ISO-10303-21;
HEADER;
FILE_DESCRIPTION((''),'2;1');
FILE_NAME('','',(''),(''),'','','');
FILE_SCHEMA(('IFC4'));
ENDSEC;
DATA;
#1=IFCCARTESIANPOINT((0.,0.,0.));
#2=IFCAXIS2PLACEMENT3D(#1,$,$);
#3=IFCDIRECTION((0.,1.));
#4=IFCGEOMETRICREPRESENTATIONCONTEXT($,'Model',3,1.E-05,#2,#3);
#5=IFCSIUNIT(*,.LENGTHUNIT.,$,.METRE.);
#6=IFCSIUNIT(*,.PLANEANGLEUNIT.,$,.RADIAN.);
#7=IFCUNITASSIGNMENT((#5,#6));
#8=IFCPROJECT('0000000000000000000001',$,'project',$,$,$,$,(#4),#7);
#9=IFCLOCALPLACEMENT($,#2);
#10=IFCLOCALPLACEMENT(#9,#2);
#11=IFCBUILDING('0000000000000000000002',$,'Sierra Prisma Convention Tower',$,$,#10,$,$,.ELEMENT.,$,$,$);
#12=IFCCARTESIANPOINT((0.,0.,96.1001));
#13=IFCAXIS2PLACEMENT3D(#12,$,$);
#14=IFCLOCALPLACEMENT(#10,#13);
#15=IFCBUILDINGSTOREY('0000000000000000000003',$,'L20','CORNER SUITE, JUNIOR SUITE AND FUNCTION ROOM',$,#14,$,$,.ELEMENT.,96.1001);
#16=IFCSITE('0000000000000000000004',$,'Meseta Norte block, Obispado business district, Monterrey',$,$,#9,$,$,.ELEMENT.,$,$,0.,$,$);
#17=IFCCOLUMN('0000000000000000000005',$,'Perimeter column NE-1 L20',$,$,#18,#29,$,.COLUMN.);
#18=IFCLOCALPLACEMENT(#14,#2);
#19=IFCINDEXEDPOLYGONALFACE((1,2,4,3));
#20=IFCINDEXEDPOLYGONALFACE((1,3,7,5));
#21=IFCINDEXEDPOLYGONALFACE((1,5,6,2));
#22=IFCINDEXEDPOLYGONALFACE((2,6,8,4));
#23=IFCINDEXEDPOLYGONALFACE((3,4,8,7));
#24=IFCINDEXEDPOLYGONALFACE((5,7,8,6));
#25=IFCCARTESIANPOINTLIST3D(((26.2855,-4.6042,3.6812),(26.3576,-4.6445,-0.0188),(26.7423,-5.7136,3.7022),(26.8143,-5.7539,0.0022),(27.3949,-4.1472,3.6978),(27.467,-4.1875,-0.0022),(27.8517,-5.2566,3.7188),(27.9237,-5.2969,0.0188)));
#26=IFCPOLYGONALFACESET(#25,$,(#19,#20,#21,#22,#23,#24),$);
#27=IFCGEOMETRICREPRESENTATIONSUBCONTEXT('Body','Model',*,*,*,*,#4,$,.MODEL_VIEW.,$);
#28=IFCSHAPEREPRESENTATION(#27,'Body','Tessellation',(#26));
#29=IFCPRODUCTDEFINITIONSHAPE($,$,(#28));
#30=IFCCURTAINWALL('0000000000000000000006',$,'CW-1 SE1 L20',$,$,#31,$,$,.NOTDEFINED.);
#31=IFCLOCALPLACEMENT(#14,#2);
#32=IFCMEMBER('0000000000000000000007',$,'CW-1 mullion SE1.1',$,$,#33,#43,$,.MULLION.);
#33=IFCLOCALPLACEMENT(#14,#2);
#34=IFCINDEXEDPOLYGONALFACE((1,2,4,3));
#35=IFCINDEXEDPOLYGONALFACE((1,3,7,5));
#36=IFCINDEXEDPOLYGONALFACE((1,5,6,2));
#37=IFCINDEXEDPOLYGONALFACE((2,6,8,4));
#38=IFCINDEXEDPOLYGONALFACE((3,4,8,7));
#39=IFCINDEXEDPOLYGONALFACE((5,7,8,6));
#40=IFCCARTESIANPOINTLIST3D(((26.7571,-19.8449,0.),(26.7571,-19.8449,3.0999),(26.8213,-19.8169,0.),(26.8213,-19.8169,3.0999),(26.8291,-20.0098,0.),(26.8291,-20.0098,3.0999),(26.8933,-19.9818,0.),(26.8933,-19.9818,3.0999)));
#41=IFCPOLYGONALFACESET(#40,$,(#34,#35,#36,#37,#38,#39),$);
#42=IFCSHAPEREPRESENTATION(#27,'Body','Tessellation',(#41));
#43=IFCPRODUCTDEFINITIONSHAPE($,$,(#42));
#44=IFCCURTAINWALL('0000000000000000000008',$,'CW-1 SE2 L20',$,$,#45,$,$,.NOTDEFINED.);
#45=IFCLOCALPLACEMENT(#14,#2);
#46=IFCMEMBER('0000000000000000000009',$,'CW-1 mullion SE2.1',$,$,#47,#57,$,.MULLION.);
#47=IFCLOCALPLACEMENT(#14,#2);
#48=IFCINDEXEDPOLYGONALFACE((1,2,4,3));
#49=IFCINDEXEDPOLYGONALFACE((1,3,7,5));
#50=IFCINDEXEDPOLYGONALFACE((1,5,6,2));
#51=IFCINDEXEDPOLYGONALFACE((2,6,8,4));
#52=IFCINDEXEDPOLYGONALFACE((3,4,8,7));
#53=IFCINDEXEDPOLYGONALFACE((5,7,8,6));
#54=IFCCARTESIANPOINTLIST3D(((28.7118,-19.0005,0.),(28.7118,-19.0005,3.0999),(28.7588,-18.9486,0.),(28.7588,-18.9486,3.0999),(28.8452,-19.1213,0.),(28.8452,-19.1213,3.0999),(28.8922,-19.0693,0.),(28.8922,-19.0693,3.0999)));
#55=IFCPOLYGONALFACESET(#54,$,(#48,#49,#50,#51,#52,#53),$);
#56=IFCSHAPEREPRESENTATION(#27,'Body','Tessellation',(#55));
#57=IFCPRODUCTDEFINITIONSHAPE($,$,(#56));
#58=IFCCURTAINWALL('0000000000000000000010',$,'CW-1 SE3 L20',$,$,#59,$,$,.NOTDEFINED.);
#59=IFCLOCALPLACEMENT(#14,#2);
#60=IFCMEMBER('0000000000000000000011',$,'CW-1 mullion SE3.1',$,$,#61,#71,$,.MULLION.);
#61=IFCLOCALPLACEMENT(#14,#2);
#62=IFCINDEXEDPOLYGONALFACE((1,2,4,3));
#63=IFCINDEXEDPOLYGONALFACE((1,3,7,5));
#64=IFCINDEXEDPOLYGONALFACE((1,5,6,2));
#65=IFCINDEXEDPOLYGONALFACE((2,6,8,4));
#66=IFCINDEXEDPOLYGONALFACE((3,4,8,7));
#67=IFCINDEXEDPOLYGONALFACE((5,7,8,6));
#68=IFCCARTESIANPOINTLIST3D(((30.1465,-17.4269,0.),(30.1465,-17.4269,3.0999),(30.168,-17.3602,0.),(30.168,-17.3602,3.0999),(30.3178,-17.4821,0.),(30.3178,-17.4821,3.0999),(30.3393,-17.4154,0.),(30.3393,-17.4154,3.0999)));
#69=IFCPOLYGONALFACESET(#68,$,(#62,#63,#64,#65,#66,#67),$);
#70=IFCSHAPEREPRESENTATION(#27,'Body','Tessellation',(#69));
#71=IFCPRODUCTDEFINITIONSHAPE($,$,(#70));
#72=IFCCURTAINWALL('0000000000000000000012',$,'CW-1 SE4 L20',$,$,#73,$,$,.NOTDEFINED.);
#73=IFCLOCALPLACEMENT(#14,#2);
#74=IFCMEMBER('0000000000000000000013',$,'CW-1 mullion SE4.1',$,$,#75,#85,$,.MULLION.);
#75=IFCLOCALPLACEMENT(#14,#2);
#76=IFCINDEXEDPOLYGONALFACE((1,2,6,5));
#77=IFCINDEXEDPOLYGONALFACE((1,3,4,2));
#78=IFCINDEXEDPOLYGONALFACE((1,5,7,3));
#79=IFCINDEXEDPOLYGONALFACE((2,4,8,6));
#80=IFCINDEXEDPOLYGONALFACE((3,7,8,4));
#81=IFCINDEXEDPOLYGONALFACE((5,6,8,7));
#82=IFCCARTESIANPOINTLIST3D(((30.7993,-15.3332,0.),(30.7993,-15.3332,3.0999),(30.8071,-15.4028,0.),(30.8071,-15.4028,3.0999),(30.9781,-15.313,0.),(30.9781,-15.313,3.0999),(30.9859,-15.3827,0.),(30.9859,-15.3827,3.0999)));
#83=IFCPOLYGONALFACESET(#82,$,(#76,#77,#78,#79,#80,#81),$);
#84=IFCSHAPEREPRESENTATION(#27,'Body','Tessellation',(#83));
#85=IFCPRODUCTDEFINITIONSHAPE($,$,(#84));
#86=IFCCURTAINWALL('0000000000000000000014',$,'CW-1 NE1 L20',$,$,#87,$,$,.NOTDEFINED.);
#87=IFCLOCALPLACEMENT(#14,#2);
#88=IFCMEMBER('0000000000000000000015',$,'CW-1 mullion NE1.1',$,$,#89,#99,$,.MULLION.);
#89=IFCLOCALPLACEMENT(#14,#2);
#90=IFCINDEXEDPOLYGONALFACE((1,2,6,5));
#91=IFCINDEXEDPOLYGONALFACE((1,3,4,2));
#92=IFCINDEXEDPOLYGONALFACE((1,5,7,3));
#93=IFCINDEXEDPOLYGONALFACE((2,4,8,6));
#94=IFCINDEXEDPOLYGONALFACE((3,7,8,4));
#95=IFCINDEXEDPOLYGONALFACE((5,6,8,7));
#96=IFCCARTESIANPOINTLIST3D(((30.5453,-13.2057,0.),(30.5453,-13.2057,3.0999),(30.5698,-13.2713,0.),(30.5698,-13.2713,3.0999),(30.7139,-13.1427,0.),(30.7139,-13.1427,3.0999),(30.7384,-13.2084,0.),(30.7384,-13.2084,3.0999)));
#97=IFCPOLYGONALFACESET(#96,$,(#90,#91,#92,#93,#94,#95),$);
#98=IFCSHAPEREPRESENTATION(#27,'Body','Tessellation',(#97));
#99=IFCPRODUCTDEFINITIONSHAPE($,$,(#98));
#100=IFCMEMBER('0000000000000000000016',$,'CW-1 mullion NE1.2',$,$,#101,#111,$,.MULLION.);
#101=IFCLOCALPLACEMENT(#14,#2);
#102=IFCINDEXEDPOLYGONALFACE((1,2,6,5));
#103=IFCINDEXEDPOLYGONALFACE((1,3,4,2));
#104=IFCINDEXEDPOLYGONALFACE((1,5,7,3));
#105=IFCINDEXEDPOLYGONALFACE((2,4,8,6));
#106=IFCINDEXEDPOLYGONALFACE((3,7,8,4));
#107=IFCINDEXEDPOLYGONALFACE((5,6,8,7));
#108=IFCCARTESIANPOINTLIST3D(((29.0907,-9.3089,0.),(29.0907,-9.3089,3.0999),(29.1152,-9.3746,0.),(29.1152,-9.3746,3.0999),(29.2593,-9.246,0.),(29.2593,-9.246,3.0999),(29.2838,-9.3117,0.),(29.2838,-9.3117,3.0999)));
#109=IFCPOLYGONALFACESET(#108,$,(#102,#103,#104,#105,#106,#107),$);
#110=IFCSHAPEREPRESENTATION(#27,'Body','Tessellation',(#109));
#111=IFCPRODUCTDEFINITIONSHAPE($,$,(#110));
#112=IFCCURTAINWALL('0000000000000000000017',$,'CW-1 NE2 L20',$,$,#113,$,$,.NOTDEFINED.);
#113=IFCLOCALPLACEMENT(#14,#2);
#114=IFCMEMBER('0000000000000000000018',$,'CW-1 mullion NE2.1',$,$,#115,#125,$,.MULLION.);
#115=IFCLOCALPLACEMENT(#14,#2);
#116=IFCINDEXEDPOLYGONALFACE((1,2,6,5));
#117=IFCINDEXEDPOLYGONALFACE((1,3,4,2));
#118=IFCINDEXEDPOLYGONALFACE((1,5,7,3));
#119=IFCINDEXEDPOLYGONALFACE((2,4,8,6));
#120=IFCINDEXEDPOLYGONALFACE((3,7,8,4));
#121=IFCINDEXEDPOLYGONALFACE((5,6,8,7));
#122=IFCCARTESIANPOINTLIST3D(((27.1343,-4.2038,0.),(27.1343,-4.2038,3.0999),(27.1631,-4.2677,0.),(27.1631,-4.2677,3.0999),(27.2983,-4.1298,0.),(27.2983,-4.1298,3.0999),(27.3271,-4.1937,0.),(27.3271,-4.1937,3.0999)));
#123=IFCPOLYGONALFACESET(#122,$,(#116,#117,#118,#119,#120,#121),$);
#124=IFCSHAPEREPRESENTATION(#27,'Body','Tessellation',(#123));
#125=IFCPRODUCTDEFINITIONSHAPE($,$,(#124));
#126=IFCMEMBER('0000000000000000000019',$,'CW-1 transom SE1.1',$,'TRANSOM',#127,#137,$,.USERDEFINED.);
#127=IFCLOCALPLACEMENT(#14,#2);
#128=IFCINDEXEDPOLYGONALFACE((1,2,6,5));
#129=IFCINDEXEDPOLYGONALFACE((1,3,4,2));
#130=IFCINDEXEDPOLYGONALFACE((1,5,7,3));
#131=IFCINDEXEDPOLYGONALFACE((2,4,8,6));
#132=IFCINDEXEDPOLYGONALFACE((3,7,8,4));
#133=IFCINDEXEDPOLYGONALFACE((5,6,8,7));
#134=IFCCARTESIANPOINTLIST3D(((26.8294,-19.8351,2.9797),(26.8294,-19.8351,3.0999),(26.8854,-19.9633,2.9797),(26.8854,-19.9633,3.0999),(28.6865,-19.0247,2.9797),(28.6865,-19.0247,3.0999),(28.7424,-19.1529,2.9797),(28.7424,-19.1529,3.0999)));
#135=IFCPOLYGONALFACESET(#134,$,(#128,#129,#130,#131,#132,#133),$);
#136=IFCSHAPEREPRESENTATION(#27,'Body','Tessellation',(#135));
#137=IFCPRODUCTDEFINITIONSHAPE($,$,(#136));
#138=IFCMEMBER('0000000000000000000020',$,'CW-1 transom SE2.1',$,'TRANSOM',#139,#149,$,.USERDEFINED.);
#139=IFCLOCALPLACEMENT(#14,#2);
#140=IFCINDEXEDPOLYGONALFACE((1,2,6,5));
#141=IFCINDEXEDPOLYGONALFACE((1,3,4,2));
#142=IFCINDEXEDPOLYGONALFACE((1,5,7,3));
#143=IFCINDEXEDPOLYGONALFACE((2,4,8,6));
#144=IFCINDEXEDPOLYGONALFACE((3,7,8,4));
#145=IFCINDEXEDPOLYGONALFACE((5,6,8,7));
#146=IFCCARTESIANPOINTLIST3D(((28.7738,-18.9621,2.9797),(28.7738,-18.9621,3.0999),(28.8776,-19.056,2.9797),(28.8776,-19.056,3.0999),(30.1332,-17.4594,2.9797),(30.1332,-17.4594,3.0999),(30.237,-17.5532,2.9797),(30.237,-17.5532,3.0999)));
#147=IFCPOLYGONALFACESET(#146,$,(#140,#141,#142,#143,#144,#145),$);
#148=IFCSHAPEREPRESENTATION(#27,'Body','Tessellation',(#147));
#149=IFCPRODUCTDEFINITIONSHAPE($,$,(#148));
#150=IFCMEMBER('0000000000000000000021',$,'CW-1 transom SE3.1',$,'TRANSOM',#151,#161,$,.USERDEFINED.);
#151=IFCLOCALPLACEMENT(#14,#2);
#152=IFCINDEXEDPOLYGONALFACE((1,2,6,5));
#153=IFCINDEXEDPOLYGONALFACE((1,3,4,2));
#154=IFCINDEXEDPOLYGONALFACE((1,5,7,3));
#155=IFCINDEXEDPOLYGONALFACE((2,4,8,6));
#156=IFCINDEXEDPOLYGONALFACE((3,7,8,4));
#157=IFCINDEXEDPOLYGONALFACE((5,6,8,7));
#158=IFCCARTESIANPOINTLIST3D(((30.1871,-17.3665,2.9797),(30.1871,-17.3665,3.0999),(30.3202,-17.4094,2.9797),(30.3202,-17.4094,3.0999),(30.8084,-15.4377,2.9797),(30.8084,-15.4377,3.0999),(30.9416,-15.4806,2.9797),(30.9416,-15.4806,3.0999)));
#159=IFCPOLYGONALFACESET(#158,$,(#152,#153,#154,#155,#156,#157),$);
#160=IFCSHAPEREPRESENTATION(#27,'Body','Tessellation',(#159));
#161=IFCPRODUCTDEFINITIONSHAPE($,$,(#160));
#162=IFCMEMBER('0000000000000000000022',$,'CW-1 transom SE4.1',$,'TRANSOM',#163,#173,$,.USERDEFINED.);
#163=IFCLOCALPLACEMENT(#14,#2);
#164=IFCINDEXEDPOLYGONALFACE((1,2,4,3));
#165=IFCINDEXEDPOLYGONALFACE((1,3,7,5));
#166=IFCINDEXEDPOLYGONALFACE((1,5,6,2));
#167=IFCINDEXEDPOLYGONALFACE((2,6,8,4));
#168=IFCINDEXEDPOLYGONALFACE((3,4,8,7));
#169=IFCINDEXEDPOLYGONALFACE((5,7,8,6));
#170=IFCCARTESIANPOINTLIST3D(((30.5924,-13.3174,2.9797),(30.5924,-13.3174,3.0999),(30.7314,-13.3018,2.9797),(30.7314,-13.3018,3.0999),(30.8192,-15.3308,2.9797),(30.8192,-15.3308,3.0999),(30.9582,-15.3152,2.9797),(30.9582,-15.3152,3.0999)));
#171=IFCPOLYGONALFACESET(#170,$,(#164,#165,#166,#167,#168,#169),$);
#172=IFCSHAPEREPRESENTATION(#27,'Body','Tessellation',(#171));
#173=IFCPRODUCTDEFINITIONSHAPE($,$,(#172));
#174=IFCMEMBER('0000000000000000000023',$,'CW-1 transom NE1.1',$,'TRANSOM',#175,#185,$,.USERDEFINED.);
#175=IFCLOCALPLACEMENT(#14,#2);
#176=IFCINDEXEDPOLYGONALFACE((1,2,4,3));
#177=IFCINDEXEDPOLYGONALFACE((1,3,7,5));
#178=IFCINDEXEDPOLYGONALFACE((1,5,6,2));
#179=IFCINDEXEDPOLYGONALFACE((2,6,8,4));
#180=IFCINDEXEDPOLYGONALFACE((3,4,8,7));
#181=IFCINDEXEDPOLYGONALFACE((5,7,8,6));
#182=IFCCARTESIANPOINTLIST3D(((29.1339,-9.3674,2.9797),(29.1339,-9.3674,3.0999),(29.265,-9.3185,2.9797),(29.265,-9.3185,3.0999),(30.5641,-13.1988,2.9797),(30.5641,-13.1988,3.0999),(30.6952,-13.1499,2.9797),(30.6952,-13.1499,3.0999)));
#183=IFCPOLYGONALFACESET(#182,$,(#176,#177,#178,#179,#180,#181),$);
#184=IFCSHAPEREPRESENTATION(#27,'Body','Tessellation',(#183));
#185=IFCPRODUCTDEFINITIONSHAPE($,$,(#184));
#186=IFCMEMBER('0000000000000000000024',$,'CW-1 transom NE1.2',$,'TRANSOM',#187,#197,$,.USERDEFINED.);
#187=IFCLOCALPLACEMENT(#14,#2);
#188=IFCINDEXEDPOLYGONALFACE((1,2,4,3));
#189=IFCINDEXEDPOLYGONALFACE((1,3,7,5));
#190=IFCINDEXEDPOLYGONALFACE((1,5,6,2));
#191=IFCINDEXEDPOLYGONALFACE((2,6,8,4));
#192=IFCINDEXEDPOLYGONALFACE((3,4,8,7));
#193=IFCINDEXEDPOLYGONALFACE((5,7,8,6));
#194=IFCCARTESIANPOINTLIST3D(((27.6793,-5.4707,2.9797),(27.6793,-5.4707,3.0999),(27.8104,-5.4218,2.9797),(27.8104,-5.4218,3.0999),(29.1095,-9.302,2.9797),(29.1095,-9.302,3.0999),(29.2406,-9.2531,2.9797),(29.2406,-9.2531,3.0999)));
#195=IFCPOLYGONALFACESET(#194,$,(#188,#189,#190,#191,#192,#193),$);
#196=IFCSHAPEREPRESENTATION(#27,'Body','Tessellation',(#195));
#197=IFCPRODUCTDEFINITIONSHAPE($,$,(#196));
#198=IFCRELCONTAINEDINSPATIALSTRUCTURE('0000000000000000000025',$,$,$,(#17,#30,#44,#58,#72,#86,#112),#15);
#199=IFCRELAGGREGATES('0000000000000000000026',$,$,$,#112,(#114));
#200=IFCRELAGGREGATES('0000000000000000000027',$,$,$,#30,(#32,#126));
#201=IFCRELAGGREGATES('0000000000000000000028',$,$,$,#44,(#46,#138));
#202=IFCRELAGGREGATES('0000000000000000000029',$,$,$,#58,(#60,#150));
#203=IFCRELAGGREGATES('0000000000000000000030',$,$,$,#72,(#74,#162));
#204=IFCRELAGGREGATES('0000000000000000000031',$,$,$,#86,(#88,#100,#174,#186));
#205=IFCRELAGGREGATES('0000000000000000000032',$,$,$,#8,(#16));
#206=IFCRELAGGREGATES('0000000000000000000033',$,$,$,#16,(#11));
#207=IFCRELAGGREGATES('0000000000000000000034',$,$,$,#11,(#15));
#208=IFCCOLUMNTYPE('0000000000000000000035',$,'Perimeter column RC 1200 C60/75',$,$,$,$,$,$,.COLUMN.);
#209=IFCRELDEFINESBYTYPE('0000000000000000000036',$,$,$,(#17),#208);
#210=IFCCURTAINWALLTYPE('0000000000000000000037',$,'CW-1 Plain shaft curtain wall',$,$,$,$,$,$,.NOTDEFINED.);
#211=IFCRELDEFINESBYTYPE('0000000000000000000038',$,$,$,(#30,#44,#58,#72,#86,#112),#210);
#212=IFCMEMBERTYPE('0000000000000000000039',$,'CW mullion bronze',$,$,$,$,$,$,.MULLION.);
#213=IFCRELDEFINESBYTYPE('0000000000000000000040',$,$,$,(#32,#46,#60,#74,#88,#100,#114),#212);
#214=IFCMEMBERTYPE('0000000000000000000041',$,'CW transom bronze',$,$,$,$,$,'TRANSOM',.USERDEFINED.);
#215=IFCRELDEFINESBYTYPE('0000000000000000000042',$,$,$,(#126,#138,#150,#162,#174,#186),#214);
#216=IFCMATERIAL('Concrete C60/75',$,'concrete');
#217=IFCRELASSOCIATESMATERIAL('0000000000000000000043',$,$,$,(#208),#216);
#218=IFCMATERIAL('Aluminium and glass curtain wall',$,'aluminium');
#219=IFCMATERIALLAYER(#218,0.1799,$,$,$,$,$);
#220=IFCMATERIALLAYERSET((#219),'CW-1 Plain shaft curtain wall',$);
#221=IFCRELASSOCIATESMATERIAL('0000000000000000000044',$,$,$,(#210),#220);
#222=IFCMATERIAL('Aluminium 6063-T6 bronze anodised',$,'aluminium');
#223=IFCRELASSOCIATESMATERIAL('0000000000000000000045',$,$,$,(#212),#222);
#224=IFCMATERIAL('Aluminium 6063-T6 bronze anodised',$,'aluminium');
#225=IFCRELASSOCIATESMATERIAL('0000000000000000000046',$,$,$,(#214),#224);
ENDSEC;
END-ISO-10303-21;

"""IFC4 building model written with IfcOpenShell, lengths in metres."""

from ifc_helpers import new_model, si_unit, direction, frame, origin, origin_2d, place, context, subcontext, project, spatial, rectangle, extrude, material, layer, layer_set, material_profile, profile_set, type_object, element, aggregate, save


model = new_model("IFC4")

# Units and contexts
model_context = context("Model", 3, precision=1e-05, world=origin(), true_north=direction((0.0, 1.0)))
body_context = subcontext(model_context, "Body", "Model", "MODEL_VIEW")
ifc_project = project(units=[si_unit("LENGTHUNIT", "METRE"), si_unit("PLANEANGLEUNIT", "RADIAN")], contexts=[model_context])

# Site, building, storey
site_placement = place(None, origin())
site = spatial("IfcSite", under=ifc_project, at=site_placement, Name="Meseta Norte block, Obispado business district, Monterrey", CompositionType="ELEMENT", RefElevation=0.0)
building_placement = place(site_placement, origin())
building = spatial("IfcBuilding", under=site, at=building_placement, Name="Sierra Prisma Convention Tower", CompositionType="ELEMENT")
storey_placement = place(building_placement, frame((0.0, 0.0, 96.1001)))
storey = spatial("IfcBuildingStorey", under=building, at=storey_placement, Name="L20", Description="CORNER SUITE, JUNIOR SUITE AND FUNCTION ROOM", CompositionType="ELEMENT", Elevation=96.1001)

# Column
ifc_material_1 = material(Name="Concrete C60/75", Category="concrete")
ifc_material_profile_1 = material_profile(ifc_material_1, rectangle(XDim=1.2, YDim=1.2, at=origin_2d()), Name="Perimeter column RC 1200 C60/75")
ifc_profile_set_1 = profile_set([ifc_material_profile_1], Name="Concrete C60/75")
column_type = type_object("IfcColumnType", Name="Perimeter column RC 1200 C60/75", PredefinedType="COLUMN", material=ifc_profile_set_1)
column_placement = place(storey_placement, frame((27.1406, -4.9707, 0.0), z_axis=(-0.019461, 0.010885, 0.999751), x_axis=(-0.380616, 0.924568, -0.017475)))
element("IfcColumn", 1, at=column_placement, inside=storey, type_object=column_type, Name="Perimeter column NE-1 L20", PredefinedType="COLUMN", context=body_context, shape_type="SweptSolid", body=[
    extrude(rectangle(XDim=1.2, YDim=1.2, at=origin_2d()), origin(), (0.0, 0.0, 1.0), 3.7009),
])

# Curtain walls, members
ifc_material_2 = material(Name="Aluminium and glass curtain wall", Category="aluminium")
ifc_layer_1 = layer(ifc_material_2, 0.1799)
ifc_layer_set_1 = layer_set([ifc_layer_1], Name="CW-1 Plain shaft curtain wall")
curtain_wall_type = type_object("IfcCurtainWallType", Name="CW-1 Plain shaft curtain wall", PredefinedType="NOTDEFINED", material=ifc_layer_set_1)
curtain_wall_1_placement = place(storey_placement, origin())
curtain_wall_1 = element("IfcCurtainWall", 2, at=curtain_wall_1_placement, inside=storey, type_object=curtain_wall_type, Name="CW-1 SE1 L20", PredefinedType="NOTDEFINED")
ifc_material_3 = material(Name="Aluminium 6063-T6 bronze anodised", Category="aluminium")
ifc_material_profile_2 = material_profile(ifc_material_3, rectangle(XDim=0.1799, YDim=0.0701, at=origin_2d()), Name="ALU MULLION 70x180")
ifc_profile_set_2 = profile_set([ifc_material_profile_2], Name="Aluminium 6063-T6 bronze anodised")
member_type_1 = type_object("IfcMemberType", Name="CW mullion bronze", PredefinedType="MULLION", material=ifc_profile_set_2)
member_1_placement = place(storey_placement, frame((26.8252, -19.9133, 0.0), z_axis=(0.0, 0.0, 1.0), x_axis=(-0.399976, 0.916526, 0.0)))
member_1 = element("IfcMember", 3, at=member_1_placement, type_object=member_type_1, Name="CW-1 mullion SE1.1", PredefinedType="MULLION", context=body_context, shape_type="SweptSolid", body=[
    extrude(rectangle(XDim=0.1799, YDim=0.0701, at=origin_2d()), origin(), (0.0, 0.0, 1.0), 3.0999),
])
curtain_wall_2_placement = place(storey_placement, origin())
curtain_wall_2 = element("IfcCurtainWall", 4, at=curtain_wall_2_placement, inside=storey, type_object=curtain_wall_type, Name="CW-1 SE2 L20", PredefinedType="NOTDEFINED")
member_2_placement = place(storey_placement, frame((28.802, -19.0349, 0.0), z_axis=(0.0, 0.0, 1.0), x_axis=(-0.741495, 0.670959, 0.0)))
member_2 = element("IfcMember", 5, at=member_2_placement, type_object=member_type_1, Name="CW-1 mullion SE2.1", PredefinedType="MULLION", context=body_context, shape_type="SweptSolid", body=[
    extrude(rectangle(XDim=0.1799, YDim=0.0701, at=origin_2d()), origin(), (0.0, 0.0, 1.0), 3.0999),
])
curtain_wall_3_placement = place(storey_placement, origin())
curtain_wall_3 = element("IfcCurtainWall", 6, at=curtain_wall_3_placement, inside=storey, type_object=curtain_wall_type, Name="CW-1 SE3 L20", PredefinedType="NOTDEFINED")
member_3_placement = place(storey_placement, frame((30.2429, -17.4211, 0.0), z_axis=(0.0, 0.0, 1.0), x_axis=(-0.951815, 0.306674, 0.0)))
member_3 = element("IfcMember", 7, at=member_3_placement, type_object=member_type_1, Name="CW-1 mullion SE3.1", PredefinedType="MULLION", context=body_context, shape_type="SweptSolid", body=[
    extrude(rectangle(XDim=0.1799, YDim=0.0701, at=origin_2d()), origin(), (0.0, 0.0, 1.0), 3.0999),
])
curtain_wall_4_placement = place(storey_placement, origin())
curtain_wall_4 = element("IfcCurtainWall", 8, at=curtain_wall_4_placement, inside=storey, type_object=curtain_wall_type, Name="CW-1 SE4 L20", PredefinedType="NOTDEFINED")
member_4_placement = place(storey_placement, frame((30.8926, -15.3579, 0.0), z_axis=(0.0, 0.0, 1.0), x_axis=(-0.993722, -0.111873, 0.0)))
member_4 = element("IfcMember", 9, at=member_4_placement, type_object=member_type_1, Name="CW-1 mullion SE4.1", PredefinedType="MULLION", context=body_context, shape_type="SweptSolid", body=[
    extrude(rectangle(XDim=0.1799, YDim=0.0701, at=origin_2d()), origin(), (0.0, 0.0, 1.0), 3.0999),
])

# Curtain wall, members
curtain_wall_5_placement = place(storey_placement, origin())
curtain_wall_5 = element("IfcCurtainWall", 10, at=curtain_wall_5_placement, inside=storey, type_object=curtain_wall_type, Name="CW-1 NE1 L20", PredefinedType="NOTDEFINED")
member_5_placement = place(storey_placement, frame((30.6418, -13.207, 0.0), z_axis=(0.0, 0.0, 1.0), x_axis=(-0.936853, -0.349723, 0.0)))
member_5 = element("IfcMember", 11, at=member_5_placement, type_object=member_type_1, Name="CW-1 mullion NE1.1", PredefinedType="MULLION", context=body_context, shape_type="SweptSolid", body=[
    extrude(rectangle(XDim=0.1799, YDim=0.0701, at=origin_2d()), origin(), (0.0, 0.0, 1.0), 3.0999),
])
member_6_placement = place(storey_placement, frame((29.1873, -9.3103, 0.0), z_axis=(0.0, 0.0, 1.0), x_axis=(-0.936853, -0.349723, 0.0)))
member_6 = element("IfcMember", 12, at=member_6_placement, type_object=member_type_1, Name="CW-1 mullion NE1.2", PredefinedType="MULLION", context=body_context, shape_type="SweptSolid", body=[
    extrude(rectangle(XDim=0.1799, YDim=0.0701, at=origin_2d()), origin(), (0.0, 0.0, 1.0), 3.0999),
])

# Curtain wall, member
curtain_wall_6_placement = place(storey_placement, origin())
curtain_wall_6 = element("IfcCurtainWall", 13, at=curtain_wall_6_placement, inside=storey, type_object=curtain_wall_type, Name="CW-1 NE2 L20", PredefinedType="NOTDEFINED")
member_7_placement = place(storey_placement, frame((27.2307, -4.1987, 0.0), z_axis=(0.0, 0.0, 1.0), x_axis=(-0.911531, -0.411231, 0.0)))
member_7 = element("IfcMember", 14, at=member_7_placement, type_object=member_type_1, Name="CW-1 mullion NE2.1", PredefinedType="MULLION", context=body_context, shape_type="SweptSolid", body=[
    extrude(rectangle(XDim=0.1799, YDim=0.0701, at=origin_2d()), origin(), (0.0, 0.0, 1.0), 3.0999),
])

# Members
ifc_material_4 = material(Name="Aluminium 6063-T6 bronze anodised", Category="aluminium")
ifc_material_profile_3 = material_profile(ifc_material_4, rectangle(XDim=0.1399, YDim=0.1201, at=origin_2d()), Name="ALU TRANSOM 120x140")
ifc_profile_set_3 = profile_set([ifc_material_profile_3], Name="Aluminium 6063-T6 bronze anodised")
member_type_2 = type_object("IfcMemberType", Name="CW transom bronze", ElementType="TRANSOM", PredefinedType="USERDEFINED", material=ifc_profile_set_3)
member_8_placement = place(storey_placement, frame((26.8574, -19.8992, 3.0398), z_axis=(0.916539, 0.399946, 0.0), x_axis=(-0.399946, 0.916539, 0.0)))
member_8 = element("IfcMember", 15, at=member_8_placement, type_object=member_type_2, Name="CW-1 transom SE1.1", ObjectType="TRANSOM", PredefinedType="USERDEFINED", context=body_context, shape_type="SweptSolid", body=[
    extrude(rectangle(XDim=0.1399, YDim=0.1201, at=origin_2d()), origin(), (0.0, 0.0, 1.0), 2.0261),
])
member_9_placement = place(storey_placement, frame((28.8257, -19.009, 3.0398), z_axis=(0.67086, 0.741584, 0.0), x_axis=(-0.741584, 0.67086, 0.0)))
member_9 = element("IfcMember", 16, at=member_9_placement, type_object=member_type_2, Name="CW-1 transom SE2.1", ObjectType="TRANSOM", PredefinedType="USERDEFINED", context=body_context, shape_type="SweptSolid", body=[
    extrude(rectangle(XDim=0.1399, YDim=0.1201, at=origin_2d()), origin(), (0.0, 0.0, 1.0), 2.0264),
])
member_10_placement = place(storey_placement, frame((30.2537, -17.3879, 3.0398), z_axis=(0.306633, 0.951828, 0.0), x_axis=(-0.951828, 0.306633, 0.0)))
member_10 = element("IfcMember", 17, at=member_10_placement, type_object=member_type_2, Name="CW-1 transom SE3.1", ObjectType="TRANSOM", PredefinedType="USERDEFINED", context=body_context, shape_type="SweptSolid", body=[
    extrude(rectangle(XDim=0.1399, YDim=0.1201, at=origin_2d()), origin(), (0.0, 0.0, 1.0), 2.0264),
])
member_11_placement = place(storey_placement, frame((30.8887, -15.323, 3.0398), z_axis=(-0.111939, 0.993715, 0.0), x_axis=(-0.993715, -0.111939, 0.0)))
member_11 = element("IfcMember", 18, at=member_11_placement, type_object=member_type_2, Name="CW-1 transom SE4.1", ObjectType="TRANSOM", PredefinedType="USERDEFINED", context=body_context, shape_type="SweptSolid", body=[
    extrude(rectangle(XDim=0.1399, YDim=0.1201, at=origin_2d()), origin(), (0.0, 0.0, 1.0), 2.0261),
])
member_12_placement = place(storey_placement, frame((30.6296, -13.1743, 3.0398), z_axis=(-0.349716, 0.936856, 0.0), x_axis=(-0.936856, -0.349716, 0.0)))
member_12 = element("IfcMember", 19, at=member_12_placement, type_object=member_type_2, Name="CW-1 transom NE1.1", ObjectType="TRANSOM", PredefinedType="USERDEFINED", context=body_context, shape_type="SweptSolid", body=[
    extrude(rectangle(XDim=0.1399, YDim=0.1201, at=origin_2d()), origin(), (0.0, 0.0, 1.0), 4.0896),
])
member_13_placement = place(storey_placement, frame((29.175, -9.2776, 3.0398), z_axis=(-0.349716, 0.936856, 0.0), x_axis=(-0.936856, -0.349716, 0.0)))
member_13 = element("IfcMember", 20, at=member_13_placement, type_object=member_type_2, Name="CW-1 transom NE1.2", ObjectType="TRANSOM", PredefinedType="USERDEFINED", context=body_context, shape_type="SweptSolid", body=[
    extrude(rectangle(XDim=0.1399, YDim=0.1201, at=origin_2d()), origin(), (0.0, 0.0, 1.0), 4.0896),
])
aggregate(curtain_wall_6, [member_7])

aggregate(curtain_wall_1, [member_1, member_8])
aggregate(curtain_wall_2, [member_2, member_9])
aggregate(curtain_wall_3, [member_3, member_10])
aggregate(curtain_wall_4, [member_4, member_11])
aggregate(curtain_wall_5, [member_5, member_6, member_12, member_13])

save(model, "model.ifc")
